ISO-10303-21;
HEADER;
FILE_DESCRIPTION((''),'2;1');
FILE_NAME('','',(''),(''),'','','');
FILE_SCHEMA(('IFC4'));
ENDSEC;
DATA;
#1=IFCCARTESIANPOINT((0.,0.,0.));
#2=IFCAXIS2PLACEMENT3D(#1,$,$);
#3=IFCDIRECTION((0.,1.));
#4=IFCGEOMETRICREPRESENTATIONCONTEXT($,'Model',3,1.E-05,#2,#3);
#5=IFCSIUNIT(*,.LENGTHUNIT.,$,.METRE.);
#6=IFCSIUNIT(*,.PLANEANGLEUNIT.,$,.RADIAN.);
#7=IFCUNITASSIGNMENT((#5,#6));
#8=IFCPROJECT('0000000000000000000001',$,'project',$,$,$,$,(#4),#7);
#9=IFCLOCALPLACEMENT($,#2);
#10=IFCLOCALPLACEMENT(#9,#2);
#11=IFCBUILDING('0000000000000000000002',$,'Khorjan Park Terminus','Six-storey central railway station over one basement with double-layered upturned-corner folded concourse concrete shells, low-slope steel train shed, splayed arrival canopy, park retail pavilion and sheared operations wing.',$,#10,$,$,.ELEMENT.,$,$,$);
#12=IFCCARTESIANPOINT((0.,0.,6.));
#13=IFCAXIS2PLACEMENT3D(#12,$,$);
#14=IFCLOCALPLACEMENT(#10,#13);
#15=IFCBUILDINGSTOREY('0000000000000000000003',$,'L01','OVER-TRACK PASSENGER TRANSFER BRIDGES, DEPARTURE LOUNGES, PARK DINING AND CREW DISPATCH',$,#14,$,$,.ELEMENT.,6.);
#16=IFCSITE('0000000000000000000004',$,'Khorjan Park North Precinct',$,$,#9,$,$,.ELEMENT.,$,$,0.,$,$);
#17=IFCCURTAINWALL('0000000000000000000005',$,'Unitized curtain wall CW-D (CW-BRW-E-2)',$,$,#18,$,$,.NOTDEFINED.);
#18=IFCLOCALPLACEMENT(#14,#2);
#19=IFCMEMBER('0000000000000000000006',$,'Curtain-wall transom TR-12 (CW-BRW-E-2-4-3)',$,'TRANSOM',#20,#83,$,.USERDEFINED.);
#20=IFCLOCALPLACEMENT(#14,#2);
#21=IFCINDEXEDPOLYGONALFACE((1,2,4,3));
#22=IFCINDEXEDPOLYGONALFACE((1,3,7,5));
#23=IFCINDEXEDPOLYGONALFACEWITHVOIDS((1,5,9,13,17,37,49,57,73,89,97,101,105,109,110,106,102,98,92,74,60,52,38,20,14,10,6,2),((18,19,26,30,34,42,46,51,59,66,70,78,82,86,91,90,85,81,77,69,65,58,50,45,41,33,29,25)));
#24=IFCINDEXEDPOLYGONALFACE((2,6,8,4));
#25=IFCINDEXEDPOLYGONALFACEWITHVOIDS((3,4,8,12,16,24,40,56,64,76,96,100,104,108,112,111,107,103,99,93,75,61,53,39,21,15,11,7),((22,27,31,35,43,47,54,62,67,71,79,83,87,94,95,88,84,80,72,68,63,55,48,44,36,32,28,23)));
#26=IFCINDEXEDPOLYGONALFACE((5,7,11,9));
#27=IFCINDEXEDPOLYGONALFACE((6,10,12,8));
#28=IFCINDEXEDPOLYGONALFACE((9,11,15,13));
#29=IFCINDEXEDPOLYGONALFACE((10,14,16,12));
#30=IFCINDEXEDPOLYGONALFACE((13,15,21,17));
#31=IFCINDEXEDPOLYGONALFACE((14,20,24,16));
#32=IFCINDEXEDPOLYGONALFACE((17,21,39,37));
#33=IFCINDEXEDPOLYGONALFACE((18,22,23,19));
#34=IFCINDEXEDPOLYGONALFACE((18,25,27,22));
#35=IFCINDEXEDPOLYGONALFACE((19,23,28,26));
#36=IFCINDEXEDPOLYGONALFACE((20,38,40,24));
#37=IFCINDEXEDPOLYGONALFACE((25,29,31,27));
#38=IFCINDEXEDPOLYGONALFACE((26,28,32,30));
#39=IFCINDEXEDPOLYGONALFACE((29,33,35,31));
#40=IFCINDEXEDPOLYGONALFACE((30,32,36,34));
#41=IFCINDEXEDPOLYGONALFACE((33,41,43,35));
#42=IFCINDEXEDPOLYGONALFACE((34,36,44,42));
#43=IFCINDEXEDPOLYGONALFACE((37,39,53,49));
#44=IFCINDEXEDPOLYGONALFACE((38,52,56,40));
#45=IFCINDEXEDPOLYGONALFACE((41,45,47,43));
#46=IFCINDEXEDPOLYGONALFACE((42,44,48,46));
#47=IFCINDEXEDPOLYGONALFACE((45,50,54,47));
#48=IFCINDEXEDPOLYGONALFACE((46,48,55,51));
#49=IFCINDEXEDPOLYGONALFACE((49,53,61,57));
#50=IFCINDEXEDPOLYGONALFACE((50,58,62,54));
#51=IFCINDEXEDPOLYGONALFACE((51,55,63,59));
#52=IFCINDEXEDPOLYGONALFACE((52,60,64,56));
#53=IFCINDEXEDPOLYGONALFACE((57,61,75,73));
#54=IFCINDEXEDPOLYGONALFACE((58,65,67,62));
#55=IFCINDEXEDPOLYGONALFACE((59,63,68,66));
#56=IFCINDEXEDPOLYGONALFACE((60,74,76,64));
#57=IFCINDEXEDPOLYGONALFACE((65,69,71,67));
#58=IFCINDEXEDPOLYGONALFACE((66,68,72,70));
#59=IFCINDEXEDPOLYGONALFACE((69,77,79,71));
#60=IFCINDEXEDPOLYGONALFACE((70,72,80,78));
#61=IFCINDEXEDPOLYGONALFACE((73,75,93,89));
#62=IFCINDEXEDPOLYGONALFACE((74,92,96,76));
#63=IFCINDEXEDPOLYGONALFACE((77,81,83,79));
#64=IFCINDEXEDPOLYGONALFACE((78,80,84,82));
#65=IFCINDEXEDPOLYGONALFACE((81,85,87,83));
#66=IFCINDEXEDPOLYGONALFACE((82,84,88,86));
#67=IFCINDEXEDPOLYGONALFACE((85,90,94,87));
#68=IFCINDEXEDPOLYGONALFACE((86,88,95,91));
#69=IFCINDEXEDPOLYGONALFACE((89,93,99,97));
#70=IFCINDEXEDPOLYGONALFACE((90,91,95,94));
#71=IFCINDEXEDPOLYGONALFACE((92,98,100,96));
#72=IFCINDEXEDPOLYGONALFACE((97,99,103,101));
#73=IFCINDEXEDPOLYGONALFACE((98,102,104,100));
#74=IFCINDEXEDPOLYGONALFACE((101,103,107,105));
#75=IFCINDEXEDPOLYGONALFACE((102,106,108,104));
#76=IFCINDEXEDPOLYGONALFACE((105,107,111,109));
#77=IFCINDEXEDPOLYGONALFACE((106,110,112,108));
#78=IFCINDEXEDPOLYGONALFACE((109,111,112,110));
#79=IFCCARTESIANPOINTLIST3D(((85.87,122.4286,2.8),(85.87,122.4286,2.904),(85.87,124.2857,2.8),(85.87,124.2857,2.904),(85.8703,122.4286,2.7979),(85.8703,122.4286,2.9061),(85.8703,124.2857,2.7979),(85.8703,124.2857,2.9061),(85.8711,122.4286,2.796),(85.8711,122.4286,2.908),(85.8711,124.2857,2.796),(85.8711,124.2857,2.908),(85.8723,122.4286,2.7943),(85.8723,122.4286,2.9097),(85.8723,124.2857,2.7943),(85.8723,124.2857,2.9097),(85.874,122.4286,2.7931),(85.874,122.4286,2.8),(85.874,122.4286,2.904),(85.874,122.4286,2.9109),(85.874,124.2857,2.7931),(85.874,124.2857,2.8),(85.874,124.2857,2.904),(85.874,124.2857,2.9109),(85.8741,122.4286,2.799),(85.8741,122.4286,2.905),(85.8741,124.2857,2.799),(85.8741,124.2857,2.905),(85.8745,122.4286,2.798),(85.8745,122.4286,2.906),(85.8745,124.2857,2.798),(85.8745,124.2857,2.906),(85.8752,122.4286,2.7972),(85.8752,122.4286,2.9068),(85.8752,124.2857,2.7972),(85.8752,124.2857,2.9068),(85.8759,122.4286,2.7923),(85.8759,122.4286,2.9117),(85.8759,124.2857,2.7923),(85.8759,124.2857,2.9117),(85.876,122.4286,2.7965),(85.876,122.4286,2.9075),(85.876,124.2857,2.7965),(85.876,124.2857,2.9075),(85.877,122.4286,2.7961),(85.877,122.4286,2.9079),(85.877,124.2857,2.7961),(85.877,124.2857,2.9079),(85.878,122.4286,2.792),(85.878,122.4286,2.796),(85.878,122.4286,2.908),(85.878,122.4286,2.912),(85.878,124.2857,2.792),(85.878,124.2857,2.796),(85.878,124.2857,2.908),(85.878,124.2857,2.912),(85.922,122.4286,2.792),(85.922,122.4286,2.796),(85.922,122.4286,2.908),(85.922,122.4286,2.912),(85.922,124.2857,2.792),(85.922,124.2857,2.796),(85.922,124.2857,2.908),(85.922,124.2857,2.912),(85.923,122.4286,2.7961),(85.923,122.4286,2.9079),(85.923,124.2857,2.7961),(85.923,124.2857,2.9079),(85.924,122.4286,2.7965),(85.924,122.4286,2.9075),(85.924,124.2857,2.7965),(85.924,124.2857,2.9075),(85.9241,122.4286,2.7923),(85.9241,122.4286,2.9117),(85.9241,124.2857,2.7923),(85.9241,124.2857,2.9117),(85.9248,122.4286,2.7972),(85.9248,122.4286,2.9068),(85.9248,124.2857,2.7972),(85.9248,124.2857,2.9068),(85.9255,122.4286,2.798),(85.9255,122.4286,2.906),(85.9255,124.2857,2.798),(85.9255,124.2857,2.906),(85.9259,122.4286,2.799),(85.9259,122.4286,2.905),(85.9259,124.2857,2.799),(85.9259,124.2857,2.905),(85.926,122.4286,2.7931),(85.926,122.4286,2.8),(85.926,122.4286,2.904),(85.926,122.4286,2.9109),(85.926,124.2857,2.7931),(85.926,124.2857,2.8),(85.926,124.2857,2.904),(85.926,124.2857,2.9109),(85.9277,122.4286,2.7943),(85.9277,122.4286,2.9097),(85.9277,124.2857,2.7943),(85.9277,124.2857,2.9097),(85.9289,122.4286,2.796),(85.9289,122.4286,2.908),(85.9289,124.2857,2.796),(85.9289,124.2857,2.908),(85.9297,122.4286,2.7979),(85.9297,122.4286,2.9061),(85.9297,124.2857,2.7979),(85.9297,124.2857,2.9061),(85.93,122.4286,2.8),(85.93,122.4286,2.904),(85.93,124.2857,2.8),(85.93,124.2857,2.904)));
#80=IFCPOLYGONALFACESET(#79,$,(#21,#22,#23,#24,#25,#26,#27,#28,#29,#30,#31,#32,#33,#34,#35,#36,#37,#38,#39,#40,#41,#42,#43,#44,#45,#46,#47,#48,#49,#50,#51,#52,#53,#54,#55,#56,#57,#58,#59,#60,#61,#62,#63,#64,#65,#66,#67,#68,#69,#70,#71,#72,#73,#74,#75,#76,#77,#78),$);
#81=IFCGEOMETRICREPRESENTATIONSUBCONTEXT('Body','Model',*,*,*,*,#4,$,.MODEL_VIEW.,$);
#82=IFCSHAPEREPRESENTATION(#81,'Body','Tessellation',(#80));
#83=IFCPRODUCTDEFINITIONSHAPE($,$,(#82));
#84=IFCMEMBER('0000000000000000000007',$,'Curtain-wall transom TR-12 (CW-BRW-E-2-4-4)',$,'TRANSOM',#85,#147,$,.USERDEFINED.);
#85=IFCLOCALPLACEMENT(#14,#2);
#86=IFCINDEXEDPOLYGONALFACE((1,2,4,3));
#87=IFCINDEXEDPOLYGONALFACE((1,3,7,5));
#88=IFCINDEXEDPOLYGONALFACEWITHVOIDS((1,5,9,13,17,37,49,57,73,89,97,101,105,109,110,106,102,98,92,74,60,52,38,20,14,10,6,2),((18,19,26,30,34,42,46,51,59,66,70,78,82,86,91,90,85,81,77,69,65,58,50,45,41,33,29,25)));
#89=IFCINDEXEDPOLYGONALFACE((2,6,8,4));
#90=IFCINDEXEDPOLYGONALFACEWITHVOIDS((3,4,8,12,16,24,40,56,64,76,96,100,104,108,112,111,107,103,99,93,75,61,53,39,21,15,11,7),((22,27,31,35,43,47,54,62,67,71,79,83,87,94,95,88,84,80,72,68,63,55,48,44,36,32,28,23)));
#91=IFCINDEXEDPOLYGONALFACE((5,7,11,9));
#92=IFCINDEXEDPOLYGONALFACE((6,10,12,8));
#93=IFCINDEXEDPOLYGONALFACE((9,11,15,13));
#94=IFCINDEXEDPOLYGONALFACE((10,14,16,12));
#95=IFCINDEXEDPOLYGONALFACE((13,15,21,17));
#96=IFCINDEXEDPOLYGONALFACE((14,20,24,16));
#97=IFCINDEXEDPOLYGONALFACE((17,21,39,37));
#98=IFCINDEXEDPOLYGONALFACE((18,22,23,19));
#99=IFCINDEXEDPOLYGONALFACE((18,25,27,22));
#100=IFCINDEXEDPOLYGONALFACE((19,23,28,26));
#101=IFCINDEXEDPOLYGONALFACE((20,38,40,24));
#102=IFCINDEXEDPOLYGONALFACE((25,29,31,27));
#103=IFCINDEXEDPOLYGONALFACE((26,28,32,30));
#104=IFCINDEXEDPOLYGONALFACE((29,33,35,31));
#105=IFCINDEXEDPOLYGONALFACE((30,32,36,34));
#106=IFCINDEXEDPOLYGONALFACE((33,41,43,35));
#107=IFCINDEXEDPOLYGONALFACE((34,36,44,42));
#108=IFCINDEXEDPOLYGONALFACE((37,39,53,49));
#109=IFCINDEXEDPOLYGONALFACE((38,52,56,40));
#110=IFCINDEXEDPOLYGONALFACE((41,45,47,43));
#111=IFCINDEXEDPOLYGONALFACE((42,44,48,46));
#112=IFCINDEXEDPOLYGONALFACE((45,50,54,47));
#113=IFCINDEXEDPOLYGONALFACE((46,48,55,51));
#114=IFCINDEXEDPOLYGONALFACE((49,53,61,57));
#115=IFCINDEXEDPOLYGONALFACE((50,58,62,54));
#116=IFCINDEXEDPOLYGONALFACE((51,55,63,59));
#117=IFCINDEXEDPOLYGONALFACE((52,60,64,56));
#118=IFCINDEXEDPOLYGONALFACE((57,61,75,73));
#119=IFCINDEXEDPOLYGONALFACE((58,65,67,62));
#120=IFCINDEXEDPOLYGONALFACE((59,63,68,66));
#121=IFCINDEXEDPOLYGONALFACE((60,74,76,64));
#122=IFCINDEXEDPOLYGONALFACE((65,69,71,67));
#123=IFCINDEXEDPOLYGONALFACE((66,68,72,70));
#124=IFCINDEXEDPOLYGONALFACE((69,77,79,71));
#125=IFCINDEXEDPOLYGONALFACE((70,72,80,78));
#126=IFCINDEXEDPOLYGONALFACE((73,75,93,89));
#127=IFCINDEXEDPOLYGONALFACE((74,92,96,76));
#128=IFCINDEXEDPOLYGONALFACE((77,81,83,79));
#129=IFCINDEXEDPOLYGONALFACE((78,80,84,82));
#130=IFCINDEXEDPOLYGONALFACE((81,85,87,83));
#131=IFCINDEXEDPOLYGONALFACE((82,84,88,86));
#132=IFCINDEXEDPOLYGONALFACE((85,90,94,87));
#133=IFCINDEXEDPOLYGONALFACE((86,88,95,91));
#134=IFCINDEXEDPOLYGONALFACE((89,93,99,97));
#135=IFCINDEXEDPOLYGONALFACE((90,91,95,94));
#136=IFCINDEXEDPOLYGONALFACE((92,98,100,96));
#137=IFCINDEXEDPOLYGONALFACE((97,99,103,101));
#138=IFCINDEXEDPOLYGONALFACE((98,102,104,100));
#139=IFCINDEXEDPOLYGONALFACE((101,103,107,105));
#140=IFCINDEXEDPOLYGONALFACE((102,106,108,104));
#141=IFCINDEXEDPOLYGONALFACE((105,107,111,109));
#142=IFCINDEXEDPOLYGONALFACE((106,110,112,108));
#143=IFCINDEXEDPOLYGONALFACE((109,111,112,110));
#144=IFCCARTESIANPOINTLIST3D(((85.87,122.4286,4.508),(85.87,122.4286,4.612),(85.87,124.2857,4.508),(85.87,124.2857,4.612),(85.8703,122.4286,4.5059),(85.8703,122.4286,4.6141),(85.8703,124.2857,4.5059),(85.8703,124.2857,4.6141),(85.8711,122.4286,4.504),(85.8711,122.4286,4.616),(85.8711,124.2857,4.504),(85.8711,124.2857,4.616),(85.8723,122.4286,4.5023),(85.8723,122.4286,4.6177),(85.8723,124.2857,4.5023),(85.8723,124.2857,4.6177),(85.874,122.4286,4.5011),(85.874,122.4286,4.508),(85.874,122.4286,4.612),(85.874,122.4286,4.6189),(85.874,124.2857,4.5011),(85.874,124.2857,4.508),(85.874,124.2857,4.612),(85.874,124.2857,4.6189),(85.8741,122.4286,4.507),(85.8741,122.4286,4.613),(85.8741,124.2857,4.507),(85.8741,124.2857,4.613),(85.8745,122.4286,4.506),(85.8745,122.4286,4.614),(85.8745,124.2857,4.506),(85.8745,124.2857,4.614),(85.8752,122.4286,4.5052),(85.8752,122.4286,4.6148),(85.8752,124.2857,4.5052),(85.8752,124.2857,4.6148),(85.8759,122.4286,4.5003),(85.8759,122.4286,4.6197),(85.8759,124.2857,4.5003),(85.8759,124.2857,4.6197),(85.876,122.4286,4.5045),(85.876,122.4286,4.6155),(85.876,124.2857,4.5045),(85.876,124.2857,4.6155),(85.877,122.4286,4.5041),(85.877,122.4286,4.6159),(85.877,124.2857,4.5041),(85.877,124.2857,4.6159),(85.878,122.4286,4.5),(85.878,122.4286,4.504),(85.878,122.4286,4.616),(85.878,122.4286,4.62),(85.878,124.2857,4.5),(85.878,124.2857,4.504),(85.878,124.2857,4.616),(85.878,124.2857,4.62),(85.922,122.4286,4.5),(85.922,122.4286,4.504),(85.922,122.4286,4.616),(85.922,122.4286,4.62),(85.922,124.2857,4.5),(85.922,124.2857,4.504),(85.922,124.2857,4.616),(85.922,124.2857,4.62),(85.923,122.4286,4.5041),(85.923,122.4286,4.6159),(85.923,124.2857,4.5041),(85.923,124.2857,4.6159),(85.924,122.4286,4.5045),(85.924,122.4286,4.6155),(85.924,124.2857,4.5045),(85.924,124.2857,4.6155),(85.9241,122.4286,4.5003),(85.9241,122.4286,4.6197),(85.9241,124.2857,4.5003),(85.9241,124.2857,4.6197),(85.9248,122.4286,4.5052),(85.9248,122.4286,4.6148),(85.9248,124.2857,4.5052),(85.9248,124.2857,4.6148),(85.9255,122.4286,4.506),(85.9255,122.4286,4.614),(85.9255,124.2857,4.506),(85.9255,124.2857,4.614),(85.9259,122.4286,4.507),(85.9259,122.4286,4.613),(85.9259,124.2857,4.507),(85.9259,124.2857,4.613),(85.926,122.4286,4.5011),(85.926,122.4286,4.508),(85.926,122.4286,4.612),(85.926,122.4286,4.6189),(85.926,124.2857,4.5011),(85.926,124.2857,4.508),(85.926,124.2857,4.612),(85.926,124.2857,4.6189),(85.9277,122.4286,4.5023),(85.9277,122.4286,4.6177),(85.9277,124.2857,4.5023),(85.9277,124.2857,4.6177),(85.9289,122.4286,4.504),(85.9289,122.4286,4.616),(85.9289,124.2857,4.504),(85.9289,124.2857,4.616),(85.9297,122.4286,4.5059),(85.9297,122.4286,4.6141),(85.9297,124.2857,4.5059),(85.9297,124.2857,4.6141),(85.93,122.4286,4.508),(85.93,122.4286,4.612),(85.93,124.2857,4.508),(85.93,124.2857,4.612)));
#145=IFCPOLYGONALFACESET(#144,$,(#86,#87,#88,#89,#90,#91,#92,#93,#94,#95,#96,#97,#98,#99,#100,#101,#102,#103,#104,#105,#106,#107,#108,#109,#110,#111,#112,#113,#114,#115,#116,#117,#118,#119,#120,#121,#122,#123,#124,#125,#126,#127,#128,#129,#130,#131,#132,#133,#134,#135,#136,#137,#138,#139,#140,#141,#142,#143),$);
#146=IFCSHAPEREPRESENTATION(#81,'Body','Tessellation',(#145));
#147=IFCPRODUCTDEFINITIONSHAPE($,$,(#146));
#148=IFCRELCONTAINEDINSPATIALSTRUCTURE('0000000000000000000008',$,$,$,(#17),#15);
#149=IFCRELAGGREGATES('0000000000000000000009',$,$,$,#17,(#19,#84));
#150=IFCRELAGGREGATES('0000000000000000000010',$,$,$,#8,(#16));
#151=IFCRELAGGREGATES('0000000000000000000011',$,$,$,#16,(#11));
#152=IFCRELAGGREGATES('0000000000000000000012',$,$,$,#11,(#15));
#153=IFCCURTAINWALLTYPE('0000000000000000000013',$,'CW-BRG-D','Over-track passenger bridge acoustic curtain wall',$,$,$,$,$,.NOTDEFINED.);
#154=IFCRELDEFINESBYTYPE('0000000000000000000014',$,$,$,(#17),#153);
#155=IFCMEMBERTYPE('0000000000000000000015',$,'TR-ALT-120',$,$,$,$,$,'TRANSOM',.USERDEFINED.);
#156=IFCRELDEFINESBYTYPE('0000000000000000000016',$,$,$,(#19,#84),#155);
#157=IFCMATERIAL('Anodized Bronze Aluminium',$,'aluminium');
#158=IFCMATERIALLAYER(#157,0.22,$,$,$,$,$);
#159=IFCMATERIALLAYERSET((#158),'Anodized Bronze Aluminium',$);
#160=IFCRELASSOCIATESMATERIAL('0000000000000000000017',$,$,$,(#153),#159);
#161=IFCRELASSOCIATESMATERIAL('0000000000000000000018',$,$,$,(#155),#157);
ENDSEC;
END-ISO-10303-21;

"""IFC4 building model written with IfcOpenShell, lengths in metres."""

from ifc_helpers import new_model, si_unit, direction, frame, origin, origin_2d, place, context, subcontext, project, spatial, hollow_rectangle, extrude, material, layer, layer_set, material_profile, profile_set, type_object, element, aggregate, save


model = new_model("IFC4")

# Units and contexts
model_context = context("Model", 3, precision=1e-05, world=origin(), true_north=direction((0.0, 1.0)))
body_context = subcontext(model_context, "Body", "Model", "MODEL_VIEW")
ifc_project = project(units=[si_unit("LENGTHUNIT", "METRE"), si_unit("PLANEANGLEUNIT", "RADIAN")], contexts=[model_context])

# Site, building, storey
site_placement = place(None, origin())
site = spatial("IfcSite", under=ifc_project, at=site_placement, Name="Khorjan Park North Precinct", CompositionType="ELEMENT", RefElevation=0.0)
building_placement = place(site_placement, origin())
building = spatial("IfcBuilding", under=site, at=building_placement, Name="Khorjan Park Terminus", Description="Six-storey central railway station over one basement with double-layered upturned-corner folded concourse concrete shells, low-slope steel train shed, splayed arrival canopy, park retail pavilion and sheared operations wing.", CompositionType="ELEMENT")
storey_placement = place(building_placement, frame((0.0, 0.0, 6.0)))
storey = spatial("IfcBuildingStorey", under=building, at=storey_placement, Name="L01", Description="OVER-TRACK PASSENGER TRANSFER BRIDGES, DEPARTURE LOUNGES, PARK DINING AND CREW DISPATCH", CompositionType="ELEMENT", Elevation=6.0)

# Curtain wall, members
ifc_material_1 = material(Name="Anodized Bronze Aluminium", Category="aluminium")
ifc_layer_1 = layer(ifc_material_1, 0.22)
ifc_layer_set_1 = layer_set([ifc_layer_1], Name="Anodized Bronze Aluminium")
curtain_wall_type = type_object("IfcCurtainWallType", Name="CW-BRG-D", Description="Over-track passenger bridge acoustic curtain wall", PredefinedType="NOTDEFINED", material=ifc_layer_set_1)
curtain_wall_placement = place(storey_placement, origin())
curtain_wall = element("IfcCurtainWall", 1, at=curtain_wall_placement, inside=storey, type_object=curtain_wall_type, Name="Unitized curtain wall CW-D (CW-BRW-E-2)", PredefinedType="NOTDEFINED")
ifc_material_profile_1 = material_profile(ifc_material_1, hollow_rectangle(XDim=0.06, YDim=0.12, WallThickness=0.004, InnerFilletRadius=0.004, OuterFilletRadius=0.008, at=origin_2d()), Name="ALT 60x120x4")
ifc_profile_set_1 = profile_set([ifc_material_profile_1], Name="Anodized Bronze Aluminium")
member_type_1 = type_object("IfcMemberType", Name="TR-ALT-120", ElementType="TRANSOM", PredefinedType="USERDEFINED", material=ifc_profile_set_1)
member_1_placement = place(storey_placement, frame((85.9, 122.4286, 2.852), z_axis=(0.0, 1.0, 0.0), x_axis=(-1.0, 0.0, 0.0)))
member_1 = element("IfcMember", 2, at=member_1_placement, type_object=member_type_1, Name="Curtain-wall transom TR-12 (CW-BRW-E-2-4-3)", ObjectType="TRANSOM", PredefinedType="USERDEFINED", context=body_context, shape_type="SweptSolid", body=[
    extrude(hollow_rectangle(XDim=0.06, YDim=0.12, WallThickness=0.004, InnerFilletRadius=0.004, OuterFilletRadius=0.008, at=origin_2d()), origin(), (0.0, 0.0, 1.0), 1.8571),
])
member_2_placement = place(storey_placement, frame((85.9, 122.4286, 4.56), z_axis=(0.0, 1.0, 0.0), x_axis=(-1.0, 0.0, 0.0)))
member_2 = element("IfcMember", 3, at=member_2_placement, type_object=member_type_1, Name="Curtain-wall transom TR-12 (CW-BRW-E-2-4-4)", ObjectType="TRANSOM", PredefinedType="USERDEFINED", context=body_context, shape_type="SweptSolid", body=[
    extrude(hollow_rectangle(XDim=0.06, YDim=0.12, WallThickness=0.004, InnerFilletRadius=0.004, OuterFilletRadius=0.008, at=origin_2d()), origin(), (0.0, 0.0, 1.0), 1.8571),
])
aggregate(curtain_wall, [member_1, member_2])

save(model, "model.ifc")
